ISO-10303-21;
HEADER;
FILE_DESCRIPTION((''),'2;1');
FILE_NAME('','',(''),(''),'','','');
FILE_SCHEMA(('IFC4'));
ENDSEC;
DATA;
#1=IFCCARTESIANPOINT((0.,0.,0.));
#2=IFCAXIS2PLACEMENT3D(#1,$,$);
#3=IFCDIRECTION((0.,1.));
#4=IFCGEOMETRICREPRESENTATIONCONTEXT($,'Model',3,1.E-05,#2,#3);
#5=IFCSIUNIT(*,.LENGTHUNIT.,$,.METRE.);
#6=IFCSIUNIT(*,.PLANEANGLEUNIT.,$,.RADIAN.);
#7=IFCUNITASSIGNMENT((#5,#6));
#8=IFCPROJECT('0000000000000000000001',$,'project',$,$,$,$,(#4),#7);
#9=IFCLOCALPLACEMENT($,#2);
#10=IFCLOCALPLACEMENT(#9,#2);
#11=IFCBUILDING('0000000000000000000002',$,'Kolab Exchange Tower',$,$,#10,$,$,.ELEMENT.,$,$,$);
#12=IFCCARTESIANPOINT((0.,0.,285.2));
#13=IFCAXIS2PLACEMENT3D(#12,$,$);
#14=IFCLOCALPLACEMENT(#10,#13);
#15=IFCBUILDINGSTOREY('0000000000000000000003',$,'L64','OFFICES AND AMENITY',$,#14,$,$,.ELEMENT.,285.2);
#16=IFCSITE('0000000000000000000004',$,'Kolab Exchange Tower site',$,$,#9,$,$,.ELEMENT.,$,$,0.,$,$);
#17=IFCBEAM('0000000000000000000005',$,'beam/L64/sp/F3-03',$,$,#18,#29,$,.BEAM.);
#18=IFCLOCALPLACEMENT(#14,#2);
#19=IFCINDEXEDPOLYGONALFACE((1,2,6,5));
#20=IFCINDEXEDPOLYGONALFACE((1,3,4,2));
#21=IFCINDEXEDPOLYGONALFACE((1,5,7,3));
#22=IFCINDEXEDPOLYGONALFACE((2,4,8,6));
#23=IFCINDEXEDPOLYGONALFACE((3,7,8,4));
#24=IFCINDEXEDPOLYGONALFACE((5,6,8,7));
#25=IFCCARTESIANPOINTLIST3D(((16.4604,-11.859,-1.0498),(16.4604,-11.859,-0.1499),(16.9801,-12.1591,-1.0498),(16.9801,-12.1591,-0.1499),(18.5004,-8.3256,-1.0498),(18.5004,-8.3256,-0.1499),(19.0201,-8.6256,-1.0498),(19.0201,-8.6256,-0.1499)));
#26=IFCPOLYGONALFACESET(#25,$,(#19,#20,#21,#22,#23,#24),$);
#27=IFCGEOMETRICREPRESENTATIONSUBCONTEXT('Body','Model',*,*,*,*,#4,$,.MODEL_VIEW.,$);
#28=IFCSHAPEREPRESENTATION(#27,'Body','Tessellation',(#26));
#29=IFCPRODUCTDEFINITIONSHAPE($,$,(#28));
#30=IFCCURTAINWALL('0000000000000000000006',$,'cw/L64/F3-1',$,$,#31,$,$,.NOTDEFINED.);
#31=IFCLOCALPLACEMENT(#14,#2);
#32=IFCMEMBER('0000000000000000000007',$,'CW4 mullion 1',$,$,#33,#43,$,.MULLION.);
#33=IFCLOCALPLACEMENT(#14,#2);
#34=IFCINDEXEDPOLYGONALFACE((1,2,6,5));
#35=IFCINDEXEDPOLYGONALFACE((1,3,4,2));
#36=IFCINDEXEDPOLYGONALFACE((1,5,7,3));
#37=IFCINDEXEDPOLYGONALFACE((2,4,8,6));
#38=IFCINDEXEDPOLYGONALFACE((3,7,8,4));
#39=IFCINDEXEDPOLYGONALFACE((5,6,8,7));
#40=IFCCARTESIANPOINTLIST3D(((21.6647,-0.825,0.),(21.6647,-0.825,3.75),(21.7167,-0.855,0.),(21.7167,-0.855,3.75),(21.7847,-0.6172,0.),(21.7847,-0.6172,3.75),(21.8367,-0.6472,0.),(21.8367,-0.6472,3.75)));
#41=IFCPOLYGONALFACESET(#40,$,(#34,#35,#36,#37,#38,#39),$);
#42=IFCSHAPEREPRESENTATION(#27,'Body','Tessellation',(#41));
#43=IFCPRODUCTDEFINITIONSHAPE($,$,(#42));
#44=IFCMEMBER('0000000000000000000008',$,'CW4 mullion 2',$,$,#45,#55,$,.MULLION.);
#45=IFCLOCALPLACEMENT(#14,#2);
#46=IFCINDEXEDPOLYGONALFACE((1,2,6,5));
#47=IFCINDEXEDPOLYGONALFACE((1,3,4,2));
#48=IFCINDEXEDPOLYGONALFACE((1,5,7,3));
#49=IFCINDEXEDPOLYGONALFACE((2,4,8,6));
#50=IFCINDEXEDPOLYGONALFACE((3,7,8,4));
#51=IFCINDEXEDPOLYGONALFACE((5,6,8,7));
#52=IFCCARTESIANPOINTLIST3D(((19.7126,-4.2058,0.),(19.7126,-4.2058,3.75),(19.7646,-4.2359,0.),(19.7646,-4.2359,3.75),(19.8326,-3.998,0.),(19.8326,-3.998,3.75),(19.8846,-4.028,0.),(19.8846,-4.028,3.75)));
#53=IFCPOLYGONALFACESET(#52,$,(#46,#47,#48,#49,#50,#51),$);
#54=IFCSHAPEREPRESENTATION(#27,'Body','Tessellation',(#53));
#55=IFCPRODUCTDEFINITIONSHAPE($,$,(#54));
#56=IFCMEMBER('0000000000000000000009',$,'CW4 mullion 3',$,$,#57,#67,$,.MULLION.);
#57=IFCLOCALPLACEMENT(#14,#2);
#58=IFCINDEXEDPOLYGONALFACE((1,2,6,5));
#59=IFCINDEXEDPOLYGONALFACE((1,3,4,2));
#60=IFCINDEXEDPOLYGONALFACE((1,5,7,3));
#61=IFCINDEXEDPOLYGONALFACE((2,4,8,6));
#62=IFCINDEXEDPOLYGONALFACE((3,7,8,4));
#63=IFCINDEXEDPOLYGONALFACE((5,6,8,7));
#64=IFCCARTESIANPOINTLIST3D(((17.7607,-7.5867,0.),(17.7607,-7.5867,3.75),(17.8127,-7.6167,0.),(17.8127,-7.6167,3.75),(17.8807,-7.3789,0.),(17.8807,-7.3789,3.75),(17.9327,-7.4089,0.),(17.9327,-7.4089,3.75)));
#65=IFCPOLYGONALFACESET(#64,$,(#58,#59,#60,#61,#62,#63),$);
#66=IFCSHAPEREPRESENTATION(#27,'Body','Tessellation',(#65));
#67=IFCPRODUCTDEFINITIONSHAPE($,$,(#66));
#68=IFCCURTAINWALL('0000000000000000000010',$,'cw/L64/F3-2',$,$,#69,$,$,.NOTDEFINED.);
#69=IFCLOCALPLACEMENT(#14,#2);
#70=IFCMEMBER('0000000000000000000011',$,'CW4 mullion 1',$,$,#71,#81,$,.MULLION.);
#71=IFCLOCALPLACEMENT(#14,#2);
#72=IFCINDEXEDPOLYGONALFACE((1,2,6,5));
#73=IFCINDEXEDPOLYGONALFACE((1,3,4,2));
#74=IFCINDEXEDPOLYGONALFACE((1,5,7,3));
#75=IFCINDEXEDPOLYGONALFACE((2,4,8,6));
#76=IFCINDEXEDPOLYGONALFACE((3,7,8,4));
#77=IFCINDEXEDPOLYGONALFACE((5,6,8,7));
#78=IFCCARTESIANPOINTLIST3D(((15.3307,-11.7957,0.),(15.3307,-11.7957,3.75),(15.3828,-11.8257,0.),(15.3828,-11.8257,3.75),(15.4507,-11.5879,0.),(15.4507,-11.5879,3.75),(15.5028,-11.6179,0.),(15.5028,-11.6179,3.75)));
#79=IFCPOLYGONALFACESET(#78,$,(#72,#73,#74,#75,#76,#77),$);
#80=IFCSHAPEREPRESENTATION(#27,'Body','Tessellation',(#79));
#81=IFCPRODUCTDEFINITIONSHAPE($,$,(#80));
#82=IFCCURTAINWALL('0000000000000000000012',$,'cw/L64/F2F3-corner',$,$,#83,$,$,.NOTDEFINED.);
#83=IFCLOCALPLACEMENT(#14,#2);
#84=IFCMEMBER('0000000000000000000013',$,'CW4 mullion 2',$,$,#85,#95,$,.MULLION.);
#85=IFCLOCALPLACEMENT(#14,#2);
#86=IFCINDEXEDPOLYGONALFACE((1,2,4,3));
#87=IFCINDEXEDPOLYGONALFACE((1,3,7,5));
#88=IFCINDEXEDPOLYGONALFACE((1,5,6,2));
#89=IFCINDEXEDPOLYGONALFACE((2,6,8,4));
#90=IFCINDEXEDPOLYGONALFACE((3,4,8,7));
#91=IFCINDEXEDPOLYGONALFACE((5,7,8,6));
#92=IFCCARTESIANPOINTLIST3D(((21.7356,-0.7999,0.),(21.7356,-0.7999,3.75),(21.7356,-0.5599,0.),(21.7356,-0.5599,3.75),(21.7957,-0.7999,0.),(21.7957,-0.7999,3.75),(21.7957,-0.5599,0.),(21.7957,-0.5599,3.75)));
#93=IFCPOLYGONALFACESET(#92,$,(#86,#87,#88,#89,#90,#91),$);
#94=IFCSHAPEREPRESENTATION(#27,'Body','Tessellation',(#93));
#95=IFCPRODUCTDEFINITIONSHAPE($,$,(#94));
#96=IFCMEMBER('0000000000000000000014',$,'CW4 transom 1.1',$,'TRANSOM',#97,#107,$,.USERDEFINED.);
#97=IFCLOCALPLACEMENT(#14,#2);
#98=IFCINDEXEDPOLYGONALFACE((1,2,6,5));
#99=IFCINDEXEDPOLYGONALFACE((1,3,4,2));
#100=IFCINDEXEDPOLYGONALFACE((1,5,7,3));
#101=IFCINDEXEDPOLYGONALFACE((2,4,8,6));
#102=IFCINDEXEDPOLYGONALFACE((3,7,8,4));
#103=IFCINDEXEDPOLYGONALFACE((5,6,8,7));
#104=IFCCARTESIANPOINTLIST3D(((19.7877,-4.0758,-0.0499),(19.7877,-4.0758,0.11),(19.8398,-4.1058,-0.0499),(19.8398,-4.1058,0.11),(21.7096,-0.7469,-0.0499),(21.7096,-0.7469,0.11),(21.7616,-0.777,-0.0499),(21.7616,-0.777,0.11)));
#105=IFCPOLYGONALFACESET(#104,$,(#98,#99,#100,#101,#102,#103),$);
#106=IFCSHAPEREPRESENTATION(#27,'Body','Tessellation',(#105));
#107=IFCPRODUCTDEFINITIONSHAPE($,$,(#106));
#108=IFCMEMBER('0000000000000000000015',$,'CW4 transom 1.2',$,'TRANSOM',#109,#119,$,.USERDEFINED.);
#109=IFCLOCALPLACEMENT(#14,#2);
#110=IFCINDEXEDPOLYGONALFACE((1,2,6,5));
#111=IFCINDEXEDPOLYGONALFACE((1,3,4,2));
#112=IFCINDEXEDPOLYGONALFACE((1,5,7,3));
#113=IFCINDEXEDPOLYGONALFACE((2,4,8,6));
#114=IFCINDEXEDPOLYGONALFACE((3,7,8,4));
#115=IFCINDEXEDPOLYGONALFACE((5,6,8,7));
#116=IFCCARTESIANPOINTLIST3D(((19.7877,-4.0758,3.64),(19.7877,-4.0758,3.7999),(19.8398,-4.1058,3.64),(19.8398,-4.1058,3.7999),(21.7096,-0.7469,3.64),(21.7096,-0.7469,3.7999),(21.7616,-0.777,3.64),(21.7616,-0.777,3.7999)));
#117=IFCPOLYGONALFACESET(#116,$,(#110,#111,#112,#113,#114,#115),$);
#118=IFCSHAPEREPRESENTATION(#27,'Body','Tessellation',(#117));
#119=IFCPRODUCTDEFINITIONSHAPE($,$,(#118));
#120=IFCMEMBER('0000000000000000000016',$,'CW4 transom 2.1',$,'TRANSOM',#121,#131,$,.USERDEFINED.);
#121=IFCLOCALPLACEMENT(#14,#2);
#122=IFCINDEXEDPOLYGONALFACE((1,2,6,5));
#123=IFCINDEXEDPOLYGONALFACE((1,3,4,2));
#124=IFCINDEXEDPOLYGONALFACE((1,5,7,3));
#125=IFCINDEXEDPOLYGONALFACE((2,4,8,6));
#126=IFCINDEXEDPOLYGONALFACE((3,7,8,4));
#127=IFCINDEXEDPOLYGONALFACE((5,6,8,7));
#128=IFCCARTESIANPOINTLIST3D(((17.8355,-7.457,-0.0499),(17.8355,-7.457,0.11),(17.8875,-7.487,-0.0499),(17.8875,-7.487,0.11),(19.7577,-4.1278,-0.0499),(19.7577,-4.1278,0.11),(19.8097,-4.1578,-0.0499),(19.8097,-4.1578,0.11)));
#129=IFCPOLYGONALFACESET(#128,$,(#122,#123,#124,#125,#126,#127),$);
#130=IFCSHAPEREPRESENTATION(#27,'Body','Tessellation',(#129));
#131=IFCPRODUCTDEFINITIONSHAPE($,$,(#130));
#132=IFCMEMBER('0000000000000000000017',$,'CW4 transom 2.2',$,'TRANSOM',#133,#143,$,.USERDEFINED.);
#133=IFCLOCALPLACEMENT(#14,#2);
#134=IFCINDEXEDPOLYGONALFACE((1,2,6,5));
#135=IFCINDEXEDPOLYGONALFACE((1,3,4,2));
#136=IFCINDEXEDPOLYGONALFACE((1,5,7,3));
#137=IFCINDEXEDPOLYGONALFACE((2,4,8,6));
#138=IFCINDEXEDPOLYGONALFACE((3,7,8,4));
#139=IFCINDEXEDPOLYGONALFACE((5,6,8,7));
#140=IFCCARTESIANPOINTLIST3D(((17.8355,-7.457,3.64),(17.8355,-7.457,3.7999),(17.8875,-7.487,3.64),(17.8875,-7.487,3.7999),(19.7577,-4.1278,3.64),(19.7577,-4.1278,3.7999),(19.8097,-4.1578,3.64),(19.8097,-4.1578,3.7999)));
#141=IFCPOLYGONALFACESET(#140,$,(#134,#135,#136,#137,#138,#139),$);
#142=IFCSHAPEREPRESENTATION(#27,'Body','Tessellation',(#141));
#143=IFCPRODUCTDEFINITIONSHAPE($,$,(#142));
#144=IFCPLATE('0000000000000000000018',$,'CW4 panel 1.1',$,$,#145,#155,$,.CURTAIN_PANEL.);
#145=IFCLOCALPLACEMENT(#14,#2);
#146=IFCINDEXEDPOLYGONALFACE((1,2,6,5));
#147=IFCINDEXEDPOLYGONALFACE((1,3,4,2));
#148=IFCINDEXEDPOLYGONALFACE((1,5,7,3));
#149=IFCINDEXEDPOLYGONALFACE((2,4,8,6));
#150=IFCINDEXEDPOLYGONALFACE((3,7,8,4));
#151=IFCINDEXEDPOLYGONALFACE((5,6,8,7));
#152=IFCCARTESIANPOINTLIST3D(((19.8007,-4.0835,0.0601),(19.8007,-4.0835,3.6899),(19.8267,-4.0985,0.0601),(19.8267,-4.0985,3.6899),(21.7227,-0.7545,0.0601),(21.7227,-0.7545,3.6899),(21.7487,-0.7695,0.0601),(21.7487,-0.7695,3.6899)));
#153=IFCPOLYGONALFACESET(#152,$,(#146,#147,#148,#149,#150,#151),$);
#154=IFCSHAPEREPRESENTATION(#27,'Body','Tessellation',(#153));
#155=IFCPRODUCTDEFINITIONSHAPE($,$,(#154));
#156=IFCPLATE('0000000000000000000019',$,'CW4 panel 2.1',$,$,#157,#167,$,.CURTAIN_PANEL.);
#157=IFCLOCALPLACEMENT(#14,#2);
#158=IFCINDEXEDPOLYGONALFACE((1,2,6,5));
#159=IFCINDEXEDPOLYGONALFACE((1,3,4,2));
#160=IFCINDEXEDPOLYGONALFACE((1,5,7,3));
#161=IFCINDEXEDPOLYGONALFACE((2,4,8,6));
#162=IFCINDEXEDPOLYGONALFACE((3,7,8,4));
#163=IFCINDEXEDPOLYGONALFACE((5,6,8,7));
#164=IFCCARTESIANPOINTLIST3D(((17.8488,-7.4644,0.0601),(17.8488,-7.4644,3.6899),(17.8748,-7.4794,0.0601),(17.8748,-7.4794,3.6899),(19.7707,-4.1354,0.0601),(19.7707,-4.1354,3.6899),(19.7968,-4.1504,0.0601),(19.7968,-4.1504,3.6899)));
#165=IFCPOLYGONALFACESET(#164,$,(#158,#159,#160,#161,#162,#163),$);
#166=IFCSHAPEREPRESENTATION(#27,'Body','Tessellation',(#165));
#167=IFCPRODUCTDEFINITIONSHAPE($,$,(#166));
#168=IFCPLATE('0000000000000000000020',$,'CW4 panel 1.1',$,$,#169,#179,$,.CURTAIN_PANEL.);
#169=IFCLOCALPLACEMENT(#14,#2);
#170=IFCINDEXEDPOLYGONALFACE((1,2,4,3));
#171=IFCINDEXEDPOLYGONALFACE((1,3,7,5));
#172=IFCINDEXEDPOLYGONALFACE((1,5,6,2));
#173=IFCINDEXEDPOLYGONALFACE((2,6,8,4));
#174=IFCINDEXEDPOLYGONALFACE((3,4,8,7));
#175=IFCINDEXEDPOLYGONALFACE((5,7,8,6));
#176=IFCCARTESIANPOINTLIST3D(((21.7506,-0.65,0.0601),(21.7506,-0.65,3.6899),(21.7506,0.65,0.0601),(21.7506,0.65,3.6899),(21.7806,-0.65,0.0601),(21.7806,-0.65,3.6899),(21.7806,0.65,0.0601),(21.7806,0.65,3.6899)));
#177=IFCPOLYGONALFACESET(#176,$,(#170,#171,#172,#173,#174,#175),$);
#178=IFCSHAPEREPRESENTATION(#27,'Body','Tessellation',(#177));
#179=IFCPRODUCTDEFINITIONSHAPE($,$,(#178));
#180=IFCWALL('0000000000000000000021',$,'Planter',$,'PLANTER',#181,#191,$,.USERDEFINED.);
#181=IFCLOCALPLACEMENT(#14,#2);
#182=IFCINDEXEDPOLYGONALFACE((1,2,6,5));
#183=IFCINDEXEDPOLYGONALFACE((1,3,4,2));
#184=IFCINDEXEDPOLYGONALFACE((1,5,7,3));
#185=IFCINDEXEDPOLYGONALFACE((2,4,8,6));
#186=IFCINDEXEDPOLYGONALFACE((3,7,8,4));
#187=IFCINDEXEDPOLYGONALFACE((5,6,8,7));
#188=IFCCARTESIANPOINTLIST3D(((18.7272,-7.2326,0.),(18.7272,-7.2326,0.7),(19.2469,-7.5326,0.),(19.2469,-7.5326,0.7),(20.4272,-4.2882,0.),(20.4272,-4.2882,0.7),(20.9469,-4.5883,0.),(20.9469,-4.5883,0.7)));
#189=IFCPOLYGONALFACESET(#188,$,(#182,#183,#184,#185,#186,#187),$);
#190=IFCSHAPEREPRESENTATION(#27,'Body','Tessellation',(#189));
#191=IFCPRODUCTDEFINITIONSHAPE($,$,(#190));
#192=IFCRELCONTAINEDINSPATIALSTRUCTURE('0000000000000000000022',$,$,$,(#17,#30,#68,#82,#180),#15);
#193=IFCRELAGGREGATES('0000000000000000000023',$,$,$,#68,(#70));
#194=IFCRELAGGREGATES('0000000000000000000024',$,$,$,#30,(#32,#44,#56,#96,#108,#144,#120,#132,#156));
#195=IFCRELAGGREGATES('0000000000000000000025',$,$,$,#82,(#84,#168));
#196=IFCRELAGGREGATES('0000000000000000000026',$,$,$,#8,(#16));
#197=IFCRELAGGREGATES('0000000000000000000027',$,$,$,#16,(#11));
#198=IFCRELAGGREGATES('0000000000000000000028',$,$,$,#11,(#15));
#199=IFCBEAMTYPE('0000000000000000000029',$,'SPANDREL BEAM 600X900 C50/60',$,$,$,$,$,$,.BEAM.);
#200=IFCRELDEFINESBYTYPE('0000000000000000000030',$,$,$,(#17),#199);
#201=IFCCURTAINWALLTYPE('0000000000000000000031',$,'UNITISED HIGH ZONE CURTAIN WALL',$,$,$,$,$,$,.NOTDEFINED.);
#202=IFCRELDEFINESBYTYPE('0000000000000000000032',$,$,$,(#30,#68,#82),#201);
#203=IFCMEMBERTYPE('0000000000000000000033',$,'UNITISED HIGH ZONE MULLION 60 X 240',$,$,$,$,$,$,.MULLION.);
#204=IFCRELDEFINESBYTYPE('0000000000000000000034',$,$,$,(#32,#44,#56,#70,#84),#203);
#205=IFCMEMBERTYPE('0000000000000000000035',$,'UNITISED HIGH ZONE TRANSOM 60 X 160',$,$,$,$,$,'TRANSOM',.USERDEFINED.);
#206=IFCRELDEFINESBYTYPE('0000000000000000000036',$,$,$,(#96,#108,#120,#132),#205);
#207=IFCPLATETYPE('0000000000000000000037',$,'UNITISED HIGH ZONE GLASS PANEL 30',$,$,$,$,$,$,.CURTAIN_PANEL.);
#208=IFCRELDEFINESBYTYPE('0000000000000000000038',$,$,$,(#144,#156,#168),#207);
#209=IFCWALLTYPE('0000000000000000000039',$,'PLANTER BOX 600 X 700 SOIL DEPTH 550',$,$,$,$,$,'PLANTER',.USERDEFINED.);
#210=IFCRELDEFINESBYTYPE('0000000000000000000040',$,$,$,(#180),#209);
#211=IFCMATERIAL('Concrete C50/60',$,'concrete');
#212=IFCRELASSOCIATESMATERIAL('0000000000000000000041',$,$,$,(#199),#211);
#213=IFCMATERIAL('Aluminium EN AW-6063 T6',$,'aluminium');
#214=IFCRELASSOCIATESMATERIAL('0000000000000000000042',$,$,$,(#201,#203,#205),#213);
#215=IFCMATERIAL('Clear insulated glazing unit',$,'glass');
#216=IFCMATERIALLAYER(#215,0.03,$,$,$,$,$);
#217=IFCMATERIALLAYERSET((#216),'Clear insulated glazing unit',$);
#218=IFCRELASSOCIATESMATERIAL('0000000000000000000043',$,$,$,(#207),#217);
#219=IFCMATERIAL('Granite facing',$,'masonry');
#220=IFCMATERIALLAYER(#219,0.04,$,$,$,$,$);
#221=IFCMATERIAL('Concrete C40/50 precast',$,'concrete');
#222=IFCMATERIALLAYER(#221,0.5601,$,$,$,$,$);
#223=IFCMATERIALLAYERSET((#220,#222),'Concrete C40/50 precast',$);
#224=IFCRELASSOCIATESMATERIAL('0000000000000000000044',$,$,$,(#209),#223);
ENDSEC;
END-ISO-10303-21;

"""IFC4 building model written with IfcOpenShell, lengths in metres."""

from ifc_helpers import new_model, si_unit, direction, frame, frame_2d, origin, origin_2d, place, context, subcontext, project, spatial, rectangle, extrude, material, layer, layer_set, material_profile, profile_set, type_object, element, aggregate, save


model = new_model("IFC4")

# Units and contexts
model_context = context("Model", 3, precision=1e-05, world=origin(), true_north=direction((0.0, 1.0)))
body_context = subcontext(model_context, "Body", "Model", "MODEL_VIEW")
ifc_project = project(units=[si_unit("LENGTHUNIT", "METRE"), si_unit("PLANEANGLEUNIT", "RADIAN")], contexts=[model_context])

# Site, building, storey
site_placement = place(None, origin())
site = spatial("IfcSite", under=ifc_project, at=site_placement, Name="Kolab Exchange Tower site", CompositionType="ELEMENT", RefElevation=0.0)
building_placement = place(site_placement, origin())
building = spatial("IfcBuilding", under=site, at=building_placement, Name="Kolab Exchange Tower", CompositionType="ELEMENT")
storey_placement = place(building_placement, frame((0.0, 0.0, 285.2)))
storey = spatial("IfcBuildingStorey", under=building, at=storey_placement, Name="L64", Description="OFFICES AND AMENITY", CompositionType="ELEMENT", Elevation=285.2)

# Shared definitions
ifc_material_1 = material(Name="Concrete C50/60", Category="concrete")

# Beam
ifc_material_profile_1 = material_profile(ifc_material_1, rectangle(XDim=0.6001, YDim=0.8999, at=origin_2d()), Name="RC600X900")
ifc_profile_set_1 = profile_set([ifc_material_profile_1], Name="Concrete C50/60")
beam_type_1 = type_object("IfcBeamType", Name="SPANDREL BEAM 600X900 C50/60", PredefinedType="BEAM", material=ifc_profile_set_1)
for number, where, z_axis, x_axis, name in (
    (1, (18.7603, -8.4756, -0.5999), (-0.5, -0.866025, 0.0), (0.866025, -0.5, 0.0), "beam/L64/sp/F3-03"),
):
    element("IfcBeam", number, at=place(storey_placement, frame(where, z_axis=z_axis, x_axis=x_axis)), inside=storey, type_object=beam_type_1, Name=name, PredefinedType="BEAM", context=body_context, shape_type="SweptSolid", body=[
        extrude(rectangle(XDim=0.6001, YDim=0.8999, at=origin_2d()), origin(), (0.0, 0.0, 1.0), 4.0801),
    ])

# Curtain wall, members
ifc_material_2 = material(Name="Aluminium EN AW-6063 T6", Category="aluminium")
curtain_wall_type = type_object("IfcCurtainWallType", Name="UNITISED HIGH ZONE CURTAIN WALL", PredefinedType="NOTDEFINED", material=ifc_material_2)
curtain_wall_1_placement = place(storey_placement, origin())
curtain_wall_1 = element("IfcCurtainWall", 2, at=curtain_wall_1_placement, inside=storey, type_object=curtain_wall_type, Name="cw/L64/F3-1", PredefinedType="NOTDEFINED")
ifc_material_profile_2 = material_profile(ifc_material_2, rectangle(XDim=0.0601, YDim=0.24, at=origin_2d()), Name="RECT 60X240")
ifc_profile_set_2 = profile_set([ifc_material_profile_2], Name="Aluminium EN AW-6063 T6")
member_type_1 = type_object("IfcMemberType", Name="UNITISED HIGH ZONE MULLION 60 X 240", PredefinedType="MULLION", material=ifc_profile_set_2)
member_1_placement = place(storey_placement, frame((21.7507, -0.7361, 0.0), z_axis=(0.0, 0.0, 1.0), x_axis=(0.866025, -0.5, 0.0)))
member_1 = element("IfcMember", 3, at=member_1_placement, type_object=member_type_1, Name="CW4 mullion 1", PredefinedType="MULLION", context=body_context, shape_type="SweptSolid", body=[
    extrude(rectangle(XDim=0.0601, YDim=0.24, at=origin_2d()), origin(), (0.0, 0.0, 1.0), 3.75),
])
member_2_placement = place(storey_placement, frame((19.7986, -4.1169, 0.0), z_axis=(0.0, 0.0, 1.0), x_axis=(0.866025, -0.5, 0.0)))
member_2 = element("IfcMember", 4, at=member_2_placement, type_object=member_type_1, Name="CW4 mullion 2", PredefinedType="MULLION", context=body_context, shape_type="SweptSolid", body=[
    extrude(rectangle(XDim=0.0601, YDim=0.24, at=origin_2d()), origin(), (0.0, 0.0, 1.0), 3.75),
])
member_3_placement = place(storey_placement, frame((17.8467, -7.4978, 0.0), z_axis=(0.0, 0.0, 1.0), x_axis=(0.866025, -0.5, 0.0)))
member_3 = element("IfcMember", 5, at=member_3_placement, type_object=member_type_1, Name="CW4 mullion 3", PredefinedType="MULLION", context=body_context, shape_type="SweptSolid", body=[
    extrude(rectangle(XDim=0.0601, YDim=0.24, at=origin_2d()), origin(), (0.0, 0.0, 1.0), 3.75),
])

# Curtain walls, members
curtain_wall_2_placement = place(storey_placement, origin())
curtain_wall_2 = element("IfcCurtainWall", 6, at=curtain_wall_2_placement, inside=storey, type_object=curtain_wall_type, Name="cw/L64/F3-2", PredefinedType="NOTDEFINED")
member_4_placement = place(storey_placement, frame((15.4167, -11.7068, 0.0), z_axis=(0.0, 0.0, 1.0), x_axis=(0.866025, -0.5, 0.0)))
member_4 = element("IfcMember", 7, at=member_4_placement, type_object=member_type_1, Name="CW4 mullion 1", PredefinedType="MULLION", context=body_context, shape_type="SweptSolid", body=[
    extrude(rectangle(XDim=0.0601, YDim=0.24, at=origin_2d()), origin(), (0.0, 0.0, 1.0), 3.75),
])
aggregate(curtain_wall_2, [member_4])
curtain_wall_3_placement = place(storey_placement, origin())
curtain_wall_3 = element("IfcCurtainWall", 8, at=curtain_wall_3_placement, inside=storey, type_object=curtain_wall_type, Name="cw/L64/F2F3-corner", PredefinedType="NOTDEFINED")
member_5_placement = place(storey_placement, frame((21.7656, -0.6799, 0.0), z_axis=(0.0, 0.0, 1.0), x_axis=(1.0, 0.0, 0.0)))
member_5 = element("IfcMember", 9, at=member_5_placement, type_object=member_type_1, Name="CW4 mullion 2", PredefinedType="MULLION", context=body_context, shape_type="SweptSolid", body=[
    extrude(rectangle(XDim=0.0601, YDim=0.24, at=origin_2d()), origin(), (0.0, 0.0, 1.0), 3.75),
])

# Members
ifc_material_profile_3 = material_profile(ifc_material_2, rectangle(XDim=0.0601, YDim=0.1599, at=origin_2d()), Name="RECT 60X160")
ifc_profile_set_3 = profile_set([ifc_material_profile_3], Name="Aluminium EN AW-6063 T6")
member_type_2 = type_object("IfcMemberType", Name="UNITISED HIGH ZONE TRANSOM 60 X 160", ElementType="TRANSOM", PredefinedType="USERDEFINED", material=ifc_profile_set_3)
member_6_placement = place(storey_placement, frame((21.7356, -0.762, 0.03), z_axis=(-0.499992, -0.86603, 0.0), x_axis=(0.86603, -0.499992, 0.0)))
member_6 = element("IfcMember", 10, at=member_6_placement, type_object=member_type_2, Name="CW4 transom 1.1", ObjectType="TRANSOM", PredefinedType="USERDEFINED", context=body_context, shape_type="SweptSolid", body=[
    extrude(rectangle(XDim=0.0601, YDim=0.1599, at=origin_2d()), origin(), (0.0, 0.0, 1.0), 3.8438),
])
member_7_placement = place(storey_placement, frame((21.7356, -0.762, 3.72), z_axis=(-0.499992, -0.86603, 0.0), x_axis=(0.86603, -0.499992, 0.0)))
member_7 = element("IfcMember", 11, at=member_7_placement, type_object=member_type_2, Name="CW4 transom 1.2", ObjectType="TRANSOM", PredefinedType="USERDEFINED", context=body_context, shape_type="SweptSolid", body=[
    extrude(rectangle(XDim=0.0601, YDim=0.1599, at=origin_2d()), origin(), (0.0, 0.0, 1.0), 3.8438),
])
member_8_placement = place(storey_placement, frame((19.7837, -4.1428, 0.03), z_axis=(-0.500012, -0.866018, 0.0), x_axis=(0.866018, -0.500012, 0.0)))
member_8 = element("IfcMember", 12, at=member_8_placement, type_object=member_type_2, Name="CW4 transom 2.1", ObjectType="TRANSOM", PredefinedType="USERDEFINED", context=body_context, shape_type="SweptSolid", body=[
    extrude(rectangle(XDim=0.0601, YDim=0.1599, at=origin_2d()), origin(), (0.0, 0.0, 1.0), 3.8442),
])
member_9_placement = place(storey_placement, frame((19.7837, -4.1428, 3.72), z_axis=(-0.500012, -0.866018, 0.0), x_axis=(0.866018, -0.500012, 0.0)))
member_9 = element("IfcMember", 13, at=member_9_placement, type_object=member_type_2, Name="CW4 transom 2.2", ObjectType="TRANSOM", PredefinedType="USERDEFINED", context=body_context, shape_type="SweptSolid", body=[
    extrude(rectangle(XDim=0.0601, YDim=0.1599, at=origin_2d()), origin(), (0.0, 0.0, 1.0), 3.8442),
])

# Plates
ifc_material_3 = material(Name="Clear insulated glazing unit", Category="glass")
ifc_layer_1 = layer(ifc_material_3, 0.03)
ifc_layer_set_1 = layer_set([ifc_layer_1], Name="Clear insulated glazing unit")
plate_type = type_object("IfcPlateType", Name="UNITISED HIGH ZONE GLASS PANEL 30", PredefinedType="CURTAIN_PANEL", material=ifc_layer_set_1)
plate_1_placement = place(storey_placement, frame((20.7747, -2.4265, 0.0601), z_axis=(0.0, 0.0, 1.0), x_axis=(-0.5, -0.866025, 0.0)))
plate_1 = element("IfcPlate", 14, at=plate_1_placement, type_object=plate_type, Name="CW4 panel 1.1", PredefinedType="CURTAIN_PANEL", context=body_context, shape_type="SweptSolid", body=[
    extrude(rectangle(XDim=3.844, YDim=0.03, at=origin_2d()), origin(), (0.0, 0.0, 1.0), 3.6299),
])
plate_2_placement = place(storey_placement, frame((18.8228, -5.8074, 0.0601), z_axis=(0.0, 0.0, 1.0), x_axis=(-0.5, -0.866025, 0.0)))
plate_2 = element("IfcPlate", 15, at=plate_2_placement, type_object=plate_type, Name="CW4 panel 2.1", PredefinedType="CURTAIN_PANEL", context=body_context, shape_type="SweptSolid", body=[
    extrude(rectangle(XDim=3.844, YDim=0.03, at=origin_2d()), origin(), (0.0, 0.0, 1.0), 3.6299),
])
aggregate(curtain_wall_1, [member_1, member_2, member_3, member_6, member_7, plate_1, member_8, member_9, plate_2])
plate_3_placement = place(storey_placement, frame((21.7656, 0.0, 0.0601), z_axis=(0.0, 0.0, 1.0), x_axis=(0.0, -1.0, 0.0)))
plate_3 = element("IfcPlate", 16, at=plate_3_placement, type_object=plate_type, Name="CW4 panel 1.1", PredefinedType="CURTAIN_PANEL", context=body_context, shape_type="SweptSolid", body=[
    extrude(rectangle(XDim=1.3, YDim=0.03, at=origin_2d()), origin(), (0.0, 0.0, 1.0), 3.6299),
])
aggregate(curtain_wall_3, [member_5, plate_3])

# Wall
ifc_material_4 = material(Name="Granite facing", Category="masonry")
ifc_layer_2 = layer(ifc_material_4, 0.04)
ifc_material_5 = material(Name="Concrete C40/50 precast", Category="concrete")
ifc_layer_3 = layer(ifc_material_5, 0.5601)
ifc_layer_set_2 = layer_set([ifc_layer_2, ifc_layer_3], Name="Concrete C40/50 precast")
wall_type_1 = type_object("IfcWallType", Name="PLANTER BOX 600 X 700 SOIL DEPTH 550", ElementType="PLANTER", PredefinedType="USERDEFINED", material=ifc_layer_set_2)
wall_1_placement = place(storey_placement, frame((20.687, -4.4382, 0.0), z_axis=(0.0, 0.0, 1.0), x_axis=(-0.500008, -0.866021, 0.0)))
element("IfcWall", 17, at=wall_1_placement, inside=storey, type_object=wall_type_1, Name="Planter", ObjectType="PLANTER", PredefinedType="USERDEFINED", context=body_context, shape_type="SweptSolid", body=[
    extrude(rectangle(XDim=3.3999, YDim=0.6001, at=frame_2d((1.7, 0.0))), origin(), (0.0, 0.0, 1.0), 0.7),
])

save(model, "model.ifc")
